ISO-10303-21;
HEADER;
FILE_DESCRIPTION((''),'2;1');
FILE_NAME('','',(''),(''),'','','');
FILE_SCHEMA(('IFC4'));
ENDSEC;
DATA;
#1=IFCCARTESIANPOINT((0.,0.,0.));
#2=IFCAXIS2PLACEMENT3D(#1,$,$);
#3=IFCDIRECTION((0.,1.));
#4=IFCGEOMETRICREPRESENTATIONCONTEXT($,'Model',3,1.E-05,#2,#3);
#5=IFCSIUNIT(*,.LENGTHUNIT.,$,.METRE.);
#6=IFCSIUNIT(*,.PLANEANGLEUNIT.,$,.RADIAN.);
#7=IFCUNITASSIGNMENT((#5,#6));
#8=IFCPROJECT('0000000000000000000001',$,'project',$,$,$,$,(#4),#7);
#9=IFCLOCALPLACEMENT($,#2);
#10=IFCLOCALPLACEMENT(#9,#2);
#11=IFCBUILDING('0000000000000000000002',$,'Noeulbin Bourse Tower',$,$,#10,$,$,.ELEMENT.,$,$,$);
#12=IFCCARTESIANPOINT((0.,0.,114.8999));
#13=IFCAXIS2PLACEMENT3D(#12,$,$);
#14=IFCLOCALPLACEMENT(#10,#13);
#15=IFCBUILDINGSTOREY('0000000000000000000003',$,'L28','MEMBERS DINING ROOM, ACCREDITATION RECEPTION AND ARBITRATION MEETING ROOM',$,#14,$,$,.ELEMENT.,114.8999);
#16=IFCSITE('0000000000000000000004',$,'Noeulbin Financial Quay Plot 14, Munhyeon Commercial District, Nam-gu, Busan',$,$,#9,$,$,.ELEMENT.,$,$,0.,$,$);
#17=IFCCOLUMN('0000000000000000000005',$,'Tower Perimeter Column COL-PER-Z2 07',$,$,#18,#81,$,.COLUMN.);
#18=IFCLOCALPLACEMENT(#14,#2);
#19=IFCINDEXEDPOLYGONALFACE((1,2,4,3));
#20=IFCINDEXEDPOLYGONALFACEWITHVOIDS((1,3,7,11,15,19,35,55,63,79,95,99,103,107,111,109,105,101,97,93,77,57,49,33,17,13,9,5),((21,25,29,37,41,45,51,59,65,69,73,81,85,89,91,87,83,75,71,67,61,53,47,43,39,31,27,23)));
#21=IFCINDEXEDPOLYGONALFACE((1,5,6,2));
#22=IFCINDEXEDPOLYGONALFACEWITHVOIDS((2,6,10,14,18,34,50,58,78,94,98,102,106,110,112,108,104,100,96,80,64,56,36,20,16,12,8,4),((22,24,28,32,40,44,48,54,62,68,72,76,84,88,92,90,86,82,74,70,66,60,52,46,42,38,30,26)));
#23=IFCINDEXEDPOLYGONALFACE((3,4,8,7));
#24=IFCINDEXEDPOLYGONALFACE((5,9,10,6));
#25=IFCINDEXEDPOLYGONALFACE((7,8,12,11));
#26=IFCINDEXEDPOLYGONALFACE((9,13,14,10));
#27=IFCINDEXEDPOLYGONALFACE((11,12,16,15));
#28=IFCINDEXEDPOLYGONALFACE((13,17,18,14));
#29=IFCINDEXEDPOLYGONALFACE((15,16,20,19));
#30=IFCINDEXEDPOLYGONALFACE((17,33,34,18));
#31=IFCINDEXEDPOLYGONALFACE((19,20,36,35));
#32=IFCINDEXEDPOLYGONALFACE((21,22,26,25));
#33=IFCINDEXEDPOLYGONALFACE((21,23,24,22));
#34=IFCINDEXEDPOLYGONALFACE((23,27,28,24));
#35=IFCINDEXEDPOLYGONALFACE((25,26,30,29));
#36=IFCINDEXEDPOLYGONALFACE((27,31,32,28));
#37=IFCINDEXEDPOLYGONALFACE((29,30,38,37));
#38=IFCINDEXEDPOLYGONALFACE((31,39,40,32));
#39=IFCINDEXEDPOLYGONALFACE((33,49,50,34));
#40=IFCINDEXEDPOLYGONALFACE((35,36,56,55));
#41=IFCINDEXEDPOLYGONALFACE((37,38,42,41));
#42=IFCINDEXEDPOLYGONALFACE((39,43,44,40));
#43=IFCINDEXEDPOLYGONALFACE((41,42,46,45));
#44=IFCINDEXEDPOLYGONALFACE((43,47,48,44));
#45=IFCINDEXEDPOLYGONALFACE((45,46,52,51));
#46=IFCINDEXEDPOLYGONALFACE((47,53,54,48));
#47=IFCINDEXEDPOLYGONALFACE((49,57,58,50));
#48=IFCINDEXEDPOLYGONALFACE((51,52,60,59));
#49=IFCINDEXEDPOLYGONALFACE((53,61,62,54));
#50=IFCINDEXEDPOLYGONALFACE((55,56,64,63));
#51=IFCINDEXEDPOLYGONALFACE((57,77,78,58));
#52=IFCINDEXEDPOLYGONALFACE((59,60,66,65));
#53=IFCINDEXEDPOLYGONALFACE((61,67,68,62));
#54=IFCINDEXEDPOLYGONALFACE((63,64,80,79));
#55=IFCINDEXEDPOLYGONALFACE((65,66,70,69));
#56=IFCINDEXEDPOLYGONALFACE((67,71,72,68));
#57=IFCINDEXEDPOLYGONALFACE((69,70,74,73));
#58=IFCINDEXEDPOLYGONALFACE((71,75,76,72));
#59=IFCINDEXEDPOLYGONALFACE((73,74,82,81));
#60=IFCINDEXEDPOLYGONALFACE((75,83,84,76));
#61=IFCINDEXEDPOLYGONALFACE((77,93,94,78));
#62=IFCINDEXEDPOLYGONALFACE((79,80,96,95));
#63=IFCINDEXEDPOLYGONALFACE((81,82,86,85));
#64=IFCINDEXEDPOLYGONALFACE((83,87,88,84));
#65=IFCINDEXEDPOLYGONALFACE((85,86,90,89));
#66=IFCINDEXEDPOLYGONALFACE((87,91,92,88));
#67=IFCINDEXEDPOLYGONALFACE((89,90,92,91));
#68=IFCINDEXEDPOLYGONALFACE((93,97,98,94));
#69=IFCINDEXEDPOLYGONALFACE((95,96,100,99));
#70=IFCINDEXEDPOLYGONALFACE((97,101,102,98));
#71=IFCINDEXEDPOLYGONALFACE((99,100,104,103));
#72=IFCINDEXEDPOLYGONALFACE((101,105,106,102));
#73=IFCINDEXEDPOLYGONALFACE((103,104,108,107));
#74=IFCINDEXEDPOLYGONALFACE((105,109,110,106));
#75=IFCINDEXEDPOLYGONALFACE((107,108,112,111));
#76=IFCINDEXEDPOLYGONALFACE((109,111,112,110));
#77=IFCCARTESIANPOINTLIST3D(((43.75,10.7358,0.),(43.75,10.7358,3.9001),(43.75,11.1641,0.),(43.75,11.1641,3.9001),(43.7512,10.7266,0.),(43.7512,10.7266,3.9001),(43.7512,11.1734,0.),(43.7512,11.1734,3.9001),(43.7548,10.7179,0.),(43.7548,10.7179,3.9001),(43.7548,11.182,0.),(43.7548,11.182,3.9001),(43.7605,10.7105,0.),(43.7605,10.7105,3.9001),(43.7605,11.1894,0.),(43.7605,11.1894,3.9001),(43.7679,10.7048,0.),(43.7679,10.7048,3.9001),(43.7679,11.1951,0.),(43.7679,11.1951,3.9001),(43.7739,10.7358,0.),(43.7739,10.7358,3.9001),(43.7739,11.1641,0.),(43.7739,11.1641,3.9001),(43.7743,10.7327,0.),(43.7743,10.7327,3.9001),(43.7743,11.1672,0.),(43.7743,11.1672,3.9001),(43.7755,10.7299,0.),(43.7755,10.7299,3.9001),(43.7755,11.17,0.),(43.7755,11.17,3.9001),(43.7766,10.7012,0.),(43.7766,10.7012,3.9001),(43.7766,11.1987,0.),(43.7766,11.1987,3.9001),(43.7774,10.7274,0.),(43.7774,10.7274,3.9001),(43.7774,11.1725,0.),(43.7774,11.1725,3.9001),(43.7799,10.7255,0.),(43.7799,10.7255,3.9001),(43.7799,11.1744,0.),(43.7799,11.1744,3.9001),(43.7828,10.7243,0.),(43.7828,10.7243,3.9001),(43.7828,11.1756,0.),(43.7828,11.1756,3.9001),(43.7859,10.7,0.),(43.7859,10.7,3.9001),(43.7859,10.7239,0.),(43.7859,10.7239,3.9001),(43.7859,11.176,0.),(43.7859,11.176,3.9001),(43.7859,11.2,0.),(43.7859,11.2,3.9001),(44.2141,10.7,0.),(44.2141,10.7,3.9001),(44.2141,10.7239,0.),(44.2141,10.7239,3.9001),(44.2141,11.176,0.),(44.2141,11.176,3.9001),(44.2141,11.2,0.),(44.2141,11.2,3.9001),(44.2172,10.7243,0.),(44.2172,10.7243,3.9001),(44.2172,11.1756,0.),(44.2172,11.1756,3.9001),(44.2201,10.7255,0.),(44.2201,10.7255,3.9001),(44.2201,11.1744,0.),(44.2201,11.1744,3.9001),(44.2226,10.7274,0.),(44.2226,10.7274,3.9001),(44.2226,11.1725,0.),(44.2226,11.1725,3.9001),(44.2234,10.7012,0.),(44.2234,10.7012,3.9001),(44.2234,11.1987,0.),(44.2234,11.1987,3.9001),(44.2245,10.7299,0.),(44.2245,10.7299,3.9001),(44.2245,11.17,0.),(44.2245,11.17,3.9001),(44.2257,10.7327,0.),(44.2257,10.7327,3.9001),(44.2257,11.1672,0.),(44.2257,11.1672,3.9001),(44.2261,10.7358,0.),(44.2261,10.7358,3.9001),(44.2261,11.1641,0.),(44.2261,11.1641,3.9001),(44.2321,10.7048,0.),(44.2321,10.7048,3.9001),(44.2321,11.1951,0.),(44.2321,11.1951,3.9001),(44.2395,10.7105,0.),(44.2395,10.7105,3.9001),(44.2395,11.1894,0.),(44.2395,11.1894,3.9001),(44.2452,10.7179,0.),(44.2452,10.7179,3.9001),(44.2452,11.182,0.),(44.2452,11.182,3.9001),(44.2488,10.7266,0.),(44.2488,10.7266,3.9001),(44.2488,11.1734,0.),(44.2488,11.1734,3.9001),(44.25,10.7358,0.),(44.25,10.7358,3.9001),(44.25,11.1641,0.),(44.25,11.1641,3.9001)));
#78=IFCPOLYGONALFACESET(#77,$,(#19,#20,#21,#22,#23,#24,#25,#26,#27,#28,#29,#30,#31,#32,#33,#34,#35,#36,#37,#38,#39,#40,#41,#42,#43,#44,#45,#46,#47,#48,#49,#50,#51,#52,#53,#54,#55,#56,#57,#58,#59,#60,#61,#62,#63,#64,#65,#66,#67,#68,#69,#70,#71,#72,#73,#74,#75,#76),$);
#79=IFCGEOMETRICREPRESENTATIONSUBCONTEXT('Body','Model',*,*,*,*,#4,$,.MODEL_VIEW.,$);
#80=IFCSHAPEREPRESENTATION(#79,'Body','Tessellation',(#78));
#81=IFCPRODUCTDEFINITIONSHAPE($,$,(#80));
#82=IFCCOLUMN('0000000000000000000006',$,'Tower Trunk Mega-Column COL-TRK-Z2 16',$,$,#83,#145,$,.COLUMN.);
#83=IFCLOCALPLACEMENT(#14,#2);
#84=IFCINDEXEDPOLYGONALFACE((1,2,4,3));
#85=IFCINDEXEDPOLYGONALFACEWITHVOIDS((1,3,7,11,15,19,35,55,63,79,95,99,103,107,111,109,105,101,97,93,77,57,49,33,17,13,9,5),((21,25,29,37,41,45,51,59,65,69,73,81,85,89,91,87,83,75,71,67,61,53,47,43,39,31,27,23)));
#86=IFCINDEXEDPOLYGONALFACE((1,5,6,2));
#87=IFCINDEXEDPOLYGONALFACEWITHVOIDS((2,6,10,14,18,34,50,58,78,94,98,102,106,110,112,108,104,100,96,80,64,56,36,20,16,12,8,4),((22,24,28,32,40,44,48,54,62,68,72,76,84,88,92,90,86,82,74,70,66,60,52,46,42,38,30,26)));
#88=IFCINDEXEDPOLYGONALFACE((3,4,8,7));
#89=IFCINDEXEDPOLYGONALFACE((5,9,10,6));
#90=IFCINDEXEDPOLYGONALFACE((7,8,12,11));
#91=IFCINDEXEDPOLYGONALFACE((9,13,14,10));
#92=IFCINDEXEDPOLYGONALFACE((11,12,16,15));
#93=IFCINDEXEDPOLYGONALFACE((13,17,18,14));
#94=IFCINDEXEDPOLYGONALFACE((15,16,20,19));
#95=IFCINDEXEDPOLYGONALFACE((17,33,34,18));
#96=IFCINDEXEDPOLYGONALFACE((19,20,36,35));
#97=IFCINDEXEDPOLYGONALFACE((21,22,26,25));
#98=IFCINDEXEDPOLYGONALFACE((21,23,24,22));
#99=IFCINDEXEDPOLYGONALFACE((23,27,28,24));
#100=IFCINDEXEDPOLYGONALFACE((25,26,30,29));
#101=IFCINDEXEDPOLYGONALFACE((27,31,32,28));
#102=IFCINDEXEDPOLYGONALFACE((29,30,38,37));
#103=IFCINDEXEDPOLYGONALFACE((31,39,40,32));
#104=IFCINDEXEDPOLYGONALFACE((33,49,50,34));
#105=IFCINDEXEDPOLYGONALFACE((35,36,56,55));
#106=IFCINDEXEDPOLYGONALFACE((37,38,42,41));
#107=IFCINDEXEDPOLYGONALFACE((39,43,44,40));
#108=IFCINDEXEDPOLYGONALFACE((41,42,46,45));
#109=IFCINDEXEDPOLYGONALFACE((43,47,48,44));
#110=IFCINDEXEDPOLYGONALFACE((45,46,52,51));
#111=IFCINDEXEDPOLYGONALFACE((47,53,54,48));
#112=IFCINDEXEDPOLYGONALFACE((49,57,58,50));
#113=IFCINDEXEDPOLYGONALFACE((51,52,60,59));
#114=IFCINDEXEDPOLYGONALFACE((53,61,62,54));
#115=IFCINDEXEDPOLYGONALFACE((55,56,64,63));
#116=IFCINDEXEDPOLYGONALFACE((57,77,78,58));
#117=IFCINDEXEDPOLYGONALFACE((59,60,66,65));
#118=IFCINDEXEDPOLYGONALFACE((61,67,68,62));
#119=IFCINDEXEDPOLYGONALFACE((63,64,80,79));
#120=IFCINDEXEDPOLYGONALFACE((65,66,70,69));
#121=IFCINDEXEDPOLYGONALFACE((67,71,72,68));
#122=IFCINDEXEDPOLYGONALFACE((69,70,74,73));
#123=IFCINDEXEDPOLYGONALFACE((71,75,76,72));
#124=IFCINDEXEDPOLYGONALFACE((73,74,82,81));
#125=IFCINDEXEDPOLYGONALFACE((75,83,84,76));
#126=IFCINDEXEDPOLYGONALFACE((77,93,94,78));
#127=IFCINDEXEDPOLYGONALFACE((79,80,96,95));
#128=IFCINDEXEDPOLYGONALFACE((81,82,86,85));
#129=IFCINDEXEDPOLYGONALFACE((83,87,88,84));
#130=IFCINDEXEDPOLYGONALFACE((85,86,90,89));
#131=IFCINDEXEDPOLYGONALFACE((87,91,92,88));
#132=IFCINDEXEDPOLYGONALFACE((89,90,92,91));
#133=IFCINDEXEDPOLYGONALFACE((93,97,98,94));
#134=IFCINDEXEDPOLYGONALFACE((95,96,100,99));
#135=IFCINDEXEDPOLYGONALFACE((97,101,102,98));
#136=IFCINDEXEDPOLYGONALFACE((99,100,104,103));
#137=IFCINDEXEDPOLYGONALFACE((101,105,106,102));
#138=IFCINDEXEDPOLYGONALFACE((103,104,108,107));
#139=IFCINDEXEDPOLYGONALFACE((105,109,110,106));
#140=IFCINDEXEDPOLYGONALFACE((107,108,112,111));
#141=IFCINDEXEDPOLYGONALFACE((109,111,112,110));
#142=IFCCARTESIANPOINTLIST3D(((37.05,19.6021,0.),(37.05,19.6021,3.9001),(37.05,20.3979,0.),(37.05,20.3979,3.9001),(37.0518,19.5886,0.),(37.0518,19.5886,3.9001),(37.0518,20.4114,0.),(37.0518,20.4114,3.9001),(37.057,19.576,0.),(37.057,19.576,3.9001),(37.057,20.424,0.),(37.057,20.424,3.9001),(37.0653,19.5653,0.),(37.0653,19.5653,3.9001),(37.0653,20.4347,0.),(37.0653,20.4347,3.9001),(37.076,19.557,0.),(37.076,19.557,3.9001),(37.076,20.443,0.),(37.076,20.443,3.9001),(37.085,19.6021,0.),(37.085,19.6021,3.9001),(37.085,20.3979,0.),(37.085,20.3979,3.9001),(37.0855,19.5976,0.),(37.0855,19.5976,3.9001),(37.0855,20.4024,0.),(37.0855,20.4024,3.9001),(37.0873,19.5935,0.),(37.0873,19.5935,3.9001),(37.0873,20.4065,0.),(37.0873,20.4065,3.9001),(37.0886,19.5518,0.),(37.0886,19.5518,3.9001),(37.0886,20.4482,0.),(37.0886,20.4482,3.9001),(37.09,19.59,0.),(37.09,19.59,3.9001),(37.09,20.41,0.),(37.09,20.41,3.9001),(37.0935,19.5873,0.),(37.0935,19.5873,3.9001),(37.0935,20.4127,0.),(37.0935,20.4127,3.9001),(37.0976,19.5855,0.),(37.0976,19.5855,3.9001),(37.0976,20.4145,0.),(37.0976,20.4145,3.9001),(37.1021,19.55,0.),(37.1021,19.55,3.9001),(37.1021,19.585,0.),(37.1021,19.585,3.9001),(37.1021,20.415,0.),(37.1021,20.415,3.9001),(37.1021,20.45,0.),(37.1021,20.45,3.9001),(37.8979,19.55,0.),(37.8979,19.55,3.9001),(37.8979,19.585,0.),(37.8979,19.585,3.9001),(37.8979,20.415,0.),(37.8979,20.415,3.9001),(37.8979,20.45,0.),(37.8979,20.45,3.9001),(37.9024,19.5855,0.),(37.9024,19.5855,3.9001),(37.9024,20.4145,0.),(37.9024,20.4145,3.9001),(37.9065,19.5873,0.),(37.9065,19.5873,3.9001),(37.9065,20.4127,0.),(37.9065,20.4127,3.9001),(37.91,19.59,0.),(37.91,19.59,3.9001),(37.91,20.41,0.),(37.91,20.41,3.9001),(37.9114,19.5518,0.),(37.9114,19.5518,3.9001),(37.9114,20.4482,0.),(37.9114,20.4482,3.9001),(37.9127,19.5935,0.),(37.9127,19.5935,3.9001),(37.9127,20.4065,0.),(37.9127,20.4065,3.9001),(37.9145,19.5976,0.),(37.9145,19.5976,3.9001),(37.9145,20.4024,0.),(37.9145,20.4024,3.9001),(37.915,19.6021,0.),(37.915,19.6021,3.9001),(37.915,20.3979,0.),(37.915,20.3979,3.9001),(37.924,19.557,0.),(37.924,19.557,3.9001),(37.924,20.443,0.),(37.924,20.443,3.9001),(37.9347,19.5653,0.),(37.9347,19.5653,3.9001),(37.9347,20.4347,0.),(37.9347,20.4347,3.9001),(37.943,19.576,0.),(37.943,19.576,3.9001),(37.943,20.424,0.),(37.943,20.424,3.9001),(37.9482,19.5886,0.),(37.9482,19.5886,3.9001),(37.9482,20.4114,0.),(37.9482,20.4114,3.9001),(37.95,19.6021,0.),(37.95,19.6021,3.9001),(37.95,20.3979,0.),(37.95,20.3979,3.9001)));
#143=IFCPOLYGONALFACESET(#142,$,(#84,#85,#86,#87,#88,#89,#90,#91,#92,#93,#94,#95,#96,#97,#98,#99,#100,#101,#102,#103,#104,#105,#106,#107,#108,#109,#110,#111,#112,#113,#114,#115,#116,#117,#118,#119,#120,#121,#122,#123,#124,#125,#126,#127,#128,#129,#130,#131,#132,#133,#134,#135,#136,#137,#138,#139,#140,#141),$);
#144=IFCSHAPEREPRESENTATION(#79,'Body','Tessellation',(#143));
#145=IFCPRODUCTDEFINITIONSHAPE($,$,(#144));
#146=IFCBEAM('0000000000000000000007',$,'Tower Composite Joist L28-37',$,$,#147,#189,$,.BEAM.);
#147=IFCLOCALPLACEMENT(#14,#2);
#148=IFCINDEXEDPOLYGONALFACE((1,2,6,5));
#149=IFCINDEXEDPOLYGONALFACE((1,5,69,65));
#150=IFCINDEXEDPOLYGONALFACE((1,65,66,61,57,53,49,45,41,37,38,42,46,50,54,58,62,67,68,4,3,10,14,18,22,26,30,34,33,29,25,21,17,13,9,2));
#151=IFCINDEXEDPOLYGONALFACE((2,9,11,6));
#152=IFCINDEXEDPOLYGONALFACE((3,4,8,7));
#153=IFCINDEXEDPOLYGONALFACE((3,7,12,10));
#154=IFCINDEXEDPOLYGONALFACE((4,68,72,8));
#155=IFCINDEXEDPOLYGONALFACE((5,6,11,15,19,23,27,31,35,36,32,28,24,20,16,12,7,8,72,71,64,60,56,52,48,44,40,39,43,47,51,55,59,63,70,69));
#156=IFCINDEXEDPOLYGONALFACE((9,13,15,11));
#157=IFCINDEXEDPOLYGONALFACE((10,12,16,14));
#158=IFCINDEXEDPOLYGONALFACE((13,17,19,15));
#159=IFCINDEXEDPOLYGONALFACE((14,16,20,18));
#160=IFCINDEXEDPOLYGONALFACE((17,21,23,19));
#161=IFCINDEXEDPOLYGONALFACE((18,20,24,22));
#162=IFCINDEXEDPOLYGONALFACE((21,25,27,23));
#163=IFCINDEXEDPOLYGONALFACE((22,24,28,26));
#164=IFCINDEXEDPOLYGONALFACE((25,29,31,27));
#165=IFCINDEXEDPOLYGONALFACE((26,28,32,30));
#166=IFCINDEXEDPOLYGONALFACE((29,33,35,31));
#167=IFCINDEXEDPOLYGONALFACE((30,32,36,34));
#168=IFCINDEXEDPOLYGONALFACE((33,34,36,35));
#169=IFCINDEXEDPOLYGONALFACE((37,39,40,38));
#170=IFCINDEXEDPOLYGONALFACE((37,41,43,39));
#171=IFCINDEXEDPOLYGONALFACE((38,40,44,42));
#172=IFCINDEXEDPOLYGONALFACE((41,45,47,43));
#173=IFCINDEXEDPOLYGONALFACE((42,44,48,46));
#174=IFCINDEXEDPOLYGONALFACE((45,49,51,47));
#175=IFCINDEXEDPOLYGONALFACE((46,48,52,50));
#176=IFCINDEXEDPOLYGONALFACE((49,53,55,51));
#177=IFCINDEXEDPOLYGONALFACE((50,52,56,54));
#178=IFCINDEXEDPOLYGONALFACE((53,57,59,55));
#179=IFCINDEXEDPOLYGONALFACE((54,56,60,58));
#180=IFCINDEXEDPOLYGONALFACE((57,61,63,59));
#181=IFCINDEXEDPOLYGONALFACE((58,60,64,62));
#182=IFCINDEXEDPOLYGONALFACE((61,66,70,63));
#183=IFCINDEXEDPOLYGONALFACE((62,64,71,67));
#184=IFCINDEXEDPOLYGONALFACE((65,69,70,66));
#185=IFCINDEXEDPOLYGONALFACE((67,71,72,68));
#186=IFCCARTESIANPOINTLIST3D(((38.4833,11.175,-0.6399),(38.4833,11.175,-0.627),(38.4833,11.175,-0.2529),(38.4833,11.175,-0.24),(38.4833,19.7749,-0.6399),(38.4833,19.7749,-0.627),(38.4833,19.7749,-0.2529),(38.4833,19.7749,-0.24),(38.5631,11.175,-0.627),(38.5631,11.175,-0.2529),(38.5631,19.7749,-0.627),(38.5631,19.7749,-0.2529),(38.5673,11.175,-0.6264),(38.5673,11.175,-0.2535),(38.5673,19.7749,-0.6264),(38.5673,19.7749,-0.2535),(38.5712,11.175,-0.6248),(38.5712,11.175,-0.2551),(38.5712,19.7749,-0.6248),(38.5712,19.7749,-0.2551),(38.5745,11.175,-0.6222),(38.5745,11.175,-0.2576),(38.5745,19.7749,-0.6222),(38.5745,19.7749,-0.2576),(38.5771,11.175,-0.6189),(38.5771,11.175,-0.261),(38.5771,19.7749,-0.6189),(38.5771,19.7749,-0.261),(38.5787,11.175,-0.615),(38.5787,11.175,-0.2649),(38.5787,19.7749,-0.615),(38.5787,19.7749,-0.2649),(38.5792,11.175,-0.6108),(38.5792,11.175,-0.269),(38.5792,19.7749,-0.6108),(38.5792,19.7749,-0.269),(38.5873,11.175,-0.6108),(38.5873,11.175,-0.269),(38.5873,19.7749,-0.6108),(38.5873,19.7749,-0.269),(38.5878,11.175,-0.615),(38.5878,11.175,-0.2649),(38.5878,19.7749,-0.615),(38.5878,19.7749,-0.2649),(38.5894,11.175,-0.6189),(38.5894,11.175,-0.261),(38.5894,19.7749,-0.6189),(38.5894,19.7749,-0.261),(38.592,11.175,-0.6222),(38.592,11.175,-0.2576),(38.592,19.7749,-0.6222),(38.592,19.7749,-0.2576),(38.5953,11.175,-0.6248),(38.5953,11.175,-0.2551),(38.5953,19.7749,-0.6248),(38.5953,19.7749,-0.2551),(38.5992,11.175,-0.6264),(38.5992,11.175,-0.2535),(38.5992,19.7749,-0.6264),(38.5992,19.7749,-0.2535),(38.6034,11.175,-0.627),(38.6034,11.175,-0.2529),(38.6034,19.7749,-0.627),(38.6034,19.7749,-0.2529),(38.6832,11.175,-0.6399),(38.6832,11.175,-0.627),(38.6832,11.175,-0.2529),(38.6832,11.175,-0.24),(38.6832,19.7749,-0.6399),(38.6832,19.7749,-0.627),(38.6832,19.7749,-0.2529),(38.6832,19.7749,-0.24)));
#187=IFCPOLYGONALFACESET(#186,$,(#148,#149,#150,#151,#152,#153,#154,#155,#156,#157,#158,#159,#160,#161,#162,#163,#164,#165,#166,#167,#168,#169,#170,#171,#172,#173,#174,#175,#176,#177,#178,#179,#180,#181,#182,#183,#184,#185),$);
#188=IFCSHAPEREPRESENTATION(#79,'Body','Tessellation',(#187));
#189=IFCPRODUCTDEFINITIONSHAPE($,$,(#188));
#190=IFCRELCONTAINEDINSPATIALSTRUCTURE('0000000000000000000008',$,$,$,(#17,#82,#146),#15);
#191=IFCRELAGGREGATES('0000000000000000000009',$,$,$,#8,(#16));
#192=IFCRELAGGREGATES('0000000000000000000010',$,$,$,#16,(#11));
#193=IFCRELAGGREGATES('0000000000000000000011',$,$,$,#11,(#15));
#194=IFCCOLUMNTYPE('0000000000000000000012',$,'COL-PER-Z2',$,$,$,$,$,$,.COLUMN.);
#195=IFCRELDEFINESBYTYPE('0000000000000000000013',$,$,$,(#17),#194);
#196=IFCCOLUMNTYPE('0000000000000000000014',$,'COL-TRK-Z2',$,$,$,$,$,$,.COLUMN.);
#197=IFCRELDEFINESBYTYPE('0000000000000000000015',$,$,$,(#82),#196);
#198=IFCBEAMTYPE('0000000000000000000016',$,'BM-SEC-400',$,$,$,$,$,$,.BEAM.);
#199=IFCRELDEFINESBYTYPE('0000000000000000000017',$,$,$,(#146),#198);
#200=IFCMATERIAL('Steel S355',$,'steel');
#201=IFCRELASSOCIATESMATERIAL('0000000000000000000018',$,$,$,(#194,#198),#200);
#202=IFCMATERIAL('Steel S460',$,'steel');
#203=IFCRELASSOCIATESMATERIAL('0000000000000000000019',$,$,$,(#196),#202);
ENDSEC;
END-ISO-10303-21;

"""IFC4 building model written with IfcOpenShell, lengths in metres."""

from ifc_helpers import new_model, si_unit, direction, frame, origin, origin_2d, place, context, subcontext, project, spatial, hollow_rectangle, i_section, extrude, material, material_profile, profile_set, type_object, element, save


model = new_model("IFC4")

# Units and contexts
model_context = context("Model", 3, precision=1e-05, world=origin(), true_north=direction((0.0, 1.0)))
body_context = subcontext(model_context, "Body", "Model", "MODEL_VIEW")
ifc_project = project(units=[si_unit("LENGTHUNIT", "METRE"), si_unit("PLANEANGLEUNIT", "RADIAN")], contexts=[model_context])

# Site, building, storey
site_placement = place(None, origin())
site = spatial("IfcSite", under=ifc_project, at=site_placement, Name="Noeulbin Financial Quay Plot 14, Munhyeon Commercial District, Nam-gu, Busan", CompositionType="ELEMENT", RefElevation=0.0)
building_placement = place(site_placement, origin())
building = spatial("IfcBuilding", under=site, at=building_placement, Name="Noeulbin Bourse Tower", CompositionType="ELEMENT")
storey_placement = place(building_placement, frame((0.0, 0.0, 114.8999)))
storey = spatial("IfcBuildingStorey", under=building, at=storey_placement, Name="L28", Description="MEMBERS DINING ROOM, ACCREDITATION RECEPTION AND ARBITRATION MEETING ROOM", CompositionType="ELEMENT", Elevation=114.8999)

# Columns
ifc_material_1 = material(Name="Steel S355", Category="steel")
ifc_material_profile_1 = material_profile(ifc_material_1, hollow_rectangle(XDim=0.5, YDim=0.5, WallThickness=0.0239, InnerFilletRadius=0.012, OuterFilletRadius=0.0359, at=origin_2d()), Name="BOX-500x500x24", Category="LoadBearing")
ifc_profile_set_1 = profile_set([ifc_material_profile_1], Name="Steel S355")
column_type_1 = type_object("IfcColumnType", Name="COL-PER-Z2", PredefinedType="COLUMN", material=ifc_profile_set_1)
column_1_placement = place(storey_placement, frame((44.0, 10.95, 0.0), z_axis=(0.0, 0.0, 1.0), x_axis=(1.0, 0.0, 0.0)))
element("IfcColumn", 1, at=column_1_placement, inside=storey, type_object=column_type_1, Name="Tower Perimeter Column COL-PER-Z2 07", PredefinedType="COLUMN", context=body_context, shape_type="SweptSolid", body=[
    extrude(hollow_rectangle(XDim=0.5, YDim=0.5, WallThickness=0.0239, InnerFilletRadius=0.012, OuterFilletRadius=0.0359, at=origin_2d()), origin(), (0.0, 0.0, 1.0), 3.9001),
])
ifc_material_2 = material(Name="Steel S460", Category="steel")
ifc_material_profile_2 = material_profile(ifc_material_2, hollow_rectangle(XDim=0.8999, YDim=0.8999, WallThickness=0.0349, InnerFilletRadius=0.0171, OuterFilletRadius=0.052, at=origin_2d()), Name="BOX-900x900x35", Category="LoadBearing")
ifc_profile_set_2 = profile_set([ifc_material_profile_2], Name="Steel S460")
column_type_2 = type_object("IfcColumnType", Name="COL-TRK-Z2", PredefinedType="COLUMN", material=ifc_profile_set_2)
column_2_placement = place(storey_placement, frame((37.5, 20.0, 0.0), z_axis=(0.0, 0.0, 1.0), x_axis=(1.0, 0.0, 0.0)))
element("IfcColumn", 2, at=column_2_placement, inside=storey, type_object=column_type_2, Name="Tower Trunk Mega-Column COL-TRK-Z2 16", PredefinedType="COLUMN", context=body_context, shape_type="SweptSolid", body=[
    extrude(hollow_rectangle(XDim=0.8999, YDim=0.8999, WallThickness=0.0349, InnerFilletRadius=0.0171, OuterFilletRadius=0.052, at=origin_2d()), origin(), (0.0, 0.0, 1.0), 3.9001),
])

# Beam
ifc_material_profile_3 = material_profile(ifc_material_1, i_section(OverallWidth=0.2, OverallDepth=0.3999, WebThickness=0.0081, FlangeThickness=0.0129, FilletRadius=0.0161, at=origin_2d()), Name="H-400x200x8x13", Category="LoadBearing")
ifc_profile_set_3 = profile_set([ifc_material_profile_3], Name="Steel S355")
beam_type_1 = type_object("IfcBeamType", Name="BM-SEC-400", PredefinedType="BEAM", material=ifc_profile_set_3)
beam_1_placement = place(storey_placement, frame((38.5833, 11.175, -0.4399), z_axis=(0.0, 1.0, 0.0), x_axis=(-1.0, 0.0, 0.0)))
element("IfcBeam", 3, at=beam_1_placement, inside=storey, type_object=beam_type_1, Name="Tower Composite Joist L28-37", PredefinedType="BEAM", context=body_context, shape_type="SweptSolid", body=[
    extrude(i_section(OverallWidth=0.2, OverallDepth=0.3999, WebThickness=0.0081, FlangeThickness=0.0129, FilletRadius=0.0161, at=origin_2d()), origin(), (0.0, 0.0, 1.0), 8.5999),
])

save(model, "model.ifc")
